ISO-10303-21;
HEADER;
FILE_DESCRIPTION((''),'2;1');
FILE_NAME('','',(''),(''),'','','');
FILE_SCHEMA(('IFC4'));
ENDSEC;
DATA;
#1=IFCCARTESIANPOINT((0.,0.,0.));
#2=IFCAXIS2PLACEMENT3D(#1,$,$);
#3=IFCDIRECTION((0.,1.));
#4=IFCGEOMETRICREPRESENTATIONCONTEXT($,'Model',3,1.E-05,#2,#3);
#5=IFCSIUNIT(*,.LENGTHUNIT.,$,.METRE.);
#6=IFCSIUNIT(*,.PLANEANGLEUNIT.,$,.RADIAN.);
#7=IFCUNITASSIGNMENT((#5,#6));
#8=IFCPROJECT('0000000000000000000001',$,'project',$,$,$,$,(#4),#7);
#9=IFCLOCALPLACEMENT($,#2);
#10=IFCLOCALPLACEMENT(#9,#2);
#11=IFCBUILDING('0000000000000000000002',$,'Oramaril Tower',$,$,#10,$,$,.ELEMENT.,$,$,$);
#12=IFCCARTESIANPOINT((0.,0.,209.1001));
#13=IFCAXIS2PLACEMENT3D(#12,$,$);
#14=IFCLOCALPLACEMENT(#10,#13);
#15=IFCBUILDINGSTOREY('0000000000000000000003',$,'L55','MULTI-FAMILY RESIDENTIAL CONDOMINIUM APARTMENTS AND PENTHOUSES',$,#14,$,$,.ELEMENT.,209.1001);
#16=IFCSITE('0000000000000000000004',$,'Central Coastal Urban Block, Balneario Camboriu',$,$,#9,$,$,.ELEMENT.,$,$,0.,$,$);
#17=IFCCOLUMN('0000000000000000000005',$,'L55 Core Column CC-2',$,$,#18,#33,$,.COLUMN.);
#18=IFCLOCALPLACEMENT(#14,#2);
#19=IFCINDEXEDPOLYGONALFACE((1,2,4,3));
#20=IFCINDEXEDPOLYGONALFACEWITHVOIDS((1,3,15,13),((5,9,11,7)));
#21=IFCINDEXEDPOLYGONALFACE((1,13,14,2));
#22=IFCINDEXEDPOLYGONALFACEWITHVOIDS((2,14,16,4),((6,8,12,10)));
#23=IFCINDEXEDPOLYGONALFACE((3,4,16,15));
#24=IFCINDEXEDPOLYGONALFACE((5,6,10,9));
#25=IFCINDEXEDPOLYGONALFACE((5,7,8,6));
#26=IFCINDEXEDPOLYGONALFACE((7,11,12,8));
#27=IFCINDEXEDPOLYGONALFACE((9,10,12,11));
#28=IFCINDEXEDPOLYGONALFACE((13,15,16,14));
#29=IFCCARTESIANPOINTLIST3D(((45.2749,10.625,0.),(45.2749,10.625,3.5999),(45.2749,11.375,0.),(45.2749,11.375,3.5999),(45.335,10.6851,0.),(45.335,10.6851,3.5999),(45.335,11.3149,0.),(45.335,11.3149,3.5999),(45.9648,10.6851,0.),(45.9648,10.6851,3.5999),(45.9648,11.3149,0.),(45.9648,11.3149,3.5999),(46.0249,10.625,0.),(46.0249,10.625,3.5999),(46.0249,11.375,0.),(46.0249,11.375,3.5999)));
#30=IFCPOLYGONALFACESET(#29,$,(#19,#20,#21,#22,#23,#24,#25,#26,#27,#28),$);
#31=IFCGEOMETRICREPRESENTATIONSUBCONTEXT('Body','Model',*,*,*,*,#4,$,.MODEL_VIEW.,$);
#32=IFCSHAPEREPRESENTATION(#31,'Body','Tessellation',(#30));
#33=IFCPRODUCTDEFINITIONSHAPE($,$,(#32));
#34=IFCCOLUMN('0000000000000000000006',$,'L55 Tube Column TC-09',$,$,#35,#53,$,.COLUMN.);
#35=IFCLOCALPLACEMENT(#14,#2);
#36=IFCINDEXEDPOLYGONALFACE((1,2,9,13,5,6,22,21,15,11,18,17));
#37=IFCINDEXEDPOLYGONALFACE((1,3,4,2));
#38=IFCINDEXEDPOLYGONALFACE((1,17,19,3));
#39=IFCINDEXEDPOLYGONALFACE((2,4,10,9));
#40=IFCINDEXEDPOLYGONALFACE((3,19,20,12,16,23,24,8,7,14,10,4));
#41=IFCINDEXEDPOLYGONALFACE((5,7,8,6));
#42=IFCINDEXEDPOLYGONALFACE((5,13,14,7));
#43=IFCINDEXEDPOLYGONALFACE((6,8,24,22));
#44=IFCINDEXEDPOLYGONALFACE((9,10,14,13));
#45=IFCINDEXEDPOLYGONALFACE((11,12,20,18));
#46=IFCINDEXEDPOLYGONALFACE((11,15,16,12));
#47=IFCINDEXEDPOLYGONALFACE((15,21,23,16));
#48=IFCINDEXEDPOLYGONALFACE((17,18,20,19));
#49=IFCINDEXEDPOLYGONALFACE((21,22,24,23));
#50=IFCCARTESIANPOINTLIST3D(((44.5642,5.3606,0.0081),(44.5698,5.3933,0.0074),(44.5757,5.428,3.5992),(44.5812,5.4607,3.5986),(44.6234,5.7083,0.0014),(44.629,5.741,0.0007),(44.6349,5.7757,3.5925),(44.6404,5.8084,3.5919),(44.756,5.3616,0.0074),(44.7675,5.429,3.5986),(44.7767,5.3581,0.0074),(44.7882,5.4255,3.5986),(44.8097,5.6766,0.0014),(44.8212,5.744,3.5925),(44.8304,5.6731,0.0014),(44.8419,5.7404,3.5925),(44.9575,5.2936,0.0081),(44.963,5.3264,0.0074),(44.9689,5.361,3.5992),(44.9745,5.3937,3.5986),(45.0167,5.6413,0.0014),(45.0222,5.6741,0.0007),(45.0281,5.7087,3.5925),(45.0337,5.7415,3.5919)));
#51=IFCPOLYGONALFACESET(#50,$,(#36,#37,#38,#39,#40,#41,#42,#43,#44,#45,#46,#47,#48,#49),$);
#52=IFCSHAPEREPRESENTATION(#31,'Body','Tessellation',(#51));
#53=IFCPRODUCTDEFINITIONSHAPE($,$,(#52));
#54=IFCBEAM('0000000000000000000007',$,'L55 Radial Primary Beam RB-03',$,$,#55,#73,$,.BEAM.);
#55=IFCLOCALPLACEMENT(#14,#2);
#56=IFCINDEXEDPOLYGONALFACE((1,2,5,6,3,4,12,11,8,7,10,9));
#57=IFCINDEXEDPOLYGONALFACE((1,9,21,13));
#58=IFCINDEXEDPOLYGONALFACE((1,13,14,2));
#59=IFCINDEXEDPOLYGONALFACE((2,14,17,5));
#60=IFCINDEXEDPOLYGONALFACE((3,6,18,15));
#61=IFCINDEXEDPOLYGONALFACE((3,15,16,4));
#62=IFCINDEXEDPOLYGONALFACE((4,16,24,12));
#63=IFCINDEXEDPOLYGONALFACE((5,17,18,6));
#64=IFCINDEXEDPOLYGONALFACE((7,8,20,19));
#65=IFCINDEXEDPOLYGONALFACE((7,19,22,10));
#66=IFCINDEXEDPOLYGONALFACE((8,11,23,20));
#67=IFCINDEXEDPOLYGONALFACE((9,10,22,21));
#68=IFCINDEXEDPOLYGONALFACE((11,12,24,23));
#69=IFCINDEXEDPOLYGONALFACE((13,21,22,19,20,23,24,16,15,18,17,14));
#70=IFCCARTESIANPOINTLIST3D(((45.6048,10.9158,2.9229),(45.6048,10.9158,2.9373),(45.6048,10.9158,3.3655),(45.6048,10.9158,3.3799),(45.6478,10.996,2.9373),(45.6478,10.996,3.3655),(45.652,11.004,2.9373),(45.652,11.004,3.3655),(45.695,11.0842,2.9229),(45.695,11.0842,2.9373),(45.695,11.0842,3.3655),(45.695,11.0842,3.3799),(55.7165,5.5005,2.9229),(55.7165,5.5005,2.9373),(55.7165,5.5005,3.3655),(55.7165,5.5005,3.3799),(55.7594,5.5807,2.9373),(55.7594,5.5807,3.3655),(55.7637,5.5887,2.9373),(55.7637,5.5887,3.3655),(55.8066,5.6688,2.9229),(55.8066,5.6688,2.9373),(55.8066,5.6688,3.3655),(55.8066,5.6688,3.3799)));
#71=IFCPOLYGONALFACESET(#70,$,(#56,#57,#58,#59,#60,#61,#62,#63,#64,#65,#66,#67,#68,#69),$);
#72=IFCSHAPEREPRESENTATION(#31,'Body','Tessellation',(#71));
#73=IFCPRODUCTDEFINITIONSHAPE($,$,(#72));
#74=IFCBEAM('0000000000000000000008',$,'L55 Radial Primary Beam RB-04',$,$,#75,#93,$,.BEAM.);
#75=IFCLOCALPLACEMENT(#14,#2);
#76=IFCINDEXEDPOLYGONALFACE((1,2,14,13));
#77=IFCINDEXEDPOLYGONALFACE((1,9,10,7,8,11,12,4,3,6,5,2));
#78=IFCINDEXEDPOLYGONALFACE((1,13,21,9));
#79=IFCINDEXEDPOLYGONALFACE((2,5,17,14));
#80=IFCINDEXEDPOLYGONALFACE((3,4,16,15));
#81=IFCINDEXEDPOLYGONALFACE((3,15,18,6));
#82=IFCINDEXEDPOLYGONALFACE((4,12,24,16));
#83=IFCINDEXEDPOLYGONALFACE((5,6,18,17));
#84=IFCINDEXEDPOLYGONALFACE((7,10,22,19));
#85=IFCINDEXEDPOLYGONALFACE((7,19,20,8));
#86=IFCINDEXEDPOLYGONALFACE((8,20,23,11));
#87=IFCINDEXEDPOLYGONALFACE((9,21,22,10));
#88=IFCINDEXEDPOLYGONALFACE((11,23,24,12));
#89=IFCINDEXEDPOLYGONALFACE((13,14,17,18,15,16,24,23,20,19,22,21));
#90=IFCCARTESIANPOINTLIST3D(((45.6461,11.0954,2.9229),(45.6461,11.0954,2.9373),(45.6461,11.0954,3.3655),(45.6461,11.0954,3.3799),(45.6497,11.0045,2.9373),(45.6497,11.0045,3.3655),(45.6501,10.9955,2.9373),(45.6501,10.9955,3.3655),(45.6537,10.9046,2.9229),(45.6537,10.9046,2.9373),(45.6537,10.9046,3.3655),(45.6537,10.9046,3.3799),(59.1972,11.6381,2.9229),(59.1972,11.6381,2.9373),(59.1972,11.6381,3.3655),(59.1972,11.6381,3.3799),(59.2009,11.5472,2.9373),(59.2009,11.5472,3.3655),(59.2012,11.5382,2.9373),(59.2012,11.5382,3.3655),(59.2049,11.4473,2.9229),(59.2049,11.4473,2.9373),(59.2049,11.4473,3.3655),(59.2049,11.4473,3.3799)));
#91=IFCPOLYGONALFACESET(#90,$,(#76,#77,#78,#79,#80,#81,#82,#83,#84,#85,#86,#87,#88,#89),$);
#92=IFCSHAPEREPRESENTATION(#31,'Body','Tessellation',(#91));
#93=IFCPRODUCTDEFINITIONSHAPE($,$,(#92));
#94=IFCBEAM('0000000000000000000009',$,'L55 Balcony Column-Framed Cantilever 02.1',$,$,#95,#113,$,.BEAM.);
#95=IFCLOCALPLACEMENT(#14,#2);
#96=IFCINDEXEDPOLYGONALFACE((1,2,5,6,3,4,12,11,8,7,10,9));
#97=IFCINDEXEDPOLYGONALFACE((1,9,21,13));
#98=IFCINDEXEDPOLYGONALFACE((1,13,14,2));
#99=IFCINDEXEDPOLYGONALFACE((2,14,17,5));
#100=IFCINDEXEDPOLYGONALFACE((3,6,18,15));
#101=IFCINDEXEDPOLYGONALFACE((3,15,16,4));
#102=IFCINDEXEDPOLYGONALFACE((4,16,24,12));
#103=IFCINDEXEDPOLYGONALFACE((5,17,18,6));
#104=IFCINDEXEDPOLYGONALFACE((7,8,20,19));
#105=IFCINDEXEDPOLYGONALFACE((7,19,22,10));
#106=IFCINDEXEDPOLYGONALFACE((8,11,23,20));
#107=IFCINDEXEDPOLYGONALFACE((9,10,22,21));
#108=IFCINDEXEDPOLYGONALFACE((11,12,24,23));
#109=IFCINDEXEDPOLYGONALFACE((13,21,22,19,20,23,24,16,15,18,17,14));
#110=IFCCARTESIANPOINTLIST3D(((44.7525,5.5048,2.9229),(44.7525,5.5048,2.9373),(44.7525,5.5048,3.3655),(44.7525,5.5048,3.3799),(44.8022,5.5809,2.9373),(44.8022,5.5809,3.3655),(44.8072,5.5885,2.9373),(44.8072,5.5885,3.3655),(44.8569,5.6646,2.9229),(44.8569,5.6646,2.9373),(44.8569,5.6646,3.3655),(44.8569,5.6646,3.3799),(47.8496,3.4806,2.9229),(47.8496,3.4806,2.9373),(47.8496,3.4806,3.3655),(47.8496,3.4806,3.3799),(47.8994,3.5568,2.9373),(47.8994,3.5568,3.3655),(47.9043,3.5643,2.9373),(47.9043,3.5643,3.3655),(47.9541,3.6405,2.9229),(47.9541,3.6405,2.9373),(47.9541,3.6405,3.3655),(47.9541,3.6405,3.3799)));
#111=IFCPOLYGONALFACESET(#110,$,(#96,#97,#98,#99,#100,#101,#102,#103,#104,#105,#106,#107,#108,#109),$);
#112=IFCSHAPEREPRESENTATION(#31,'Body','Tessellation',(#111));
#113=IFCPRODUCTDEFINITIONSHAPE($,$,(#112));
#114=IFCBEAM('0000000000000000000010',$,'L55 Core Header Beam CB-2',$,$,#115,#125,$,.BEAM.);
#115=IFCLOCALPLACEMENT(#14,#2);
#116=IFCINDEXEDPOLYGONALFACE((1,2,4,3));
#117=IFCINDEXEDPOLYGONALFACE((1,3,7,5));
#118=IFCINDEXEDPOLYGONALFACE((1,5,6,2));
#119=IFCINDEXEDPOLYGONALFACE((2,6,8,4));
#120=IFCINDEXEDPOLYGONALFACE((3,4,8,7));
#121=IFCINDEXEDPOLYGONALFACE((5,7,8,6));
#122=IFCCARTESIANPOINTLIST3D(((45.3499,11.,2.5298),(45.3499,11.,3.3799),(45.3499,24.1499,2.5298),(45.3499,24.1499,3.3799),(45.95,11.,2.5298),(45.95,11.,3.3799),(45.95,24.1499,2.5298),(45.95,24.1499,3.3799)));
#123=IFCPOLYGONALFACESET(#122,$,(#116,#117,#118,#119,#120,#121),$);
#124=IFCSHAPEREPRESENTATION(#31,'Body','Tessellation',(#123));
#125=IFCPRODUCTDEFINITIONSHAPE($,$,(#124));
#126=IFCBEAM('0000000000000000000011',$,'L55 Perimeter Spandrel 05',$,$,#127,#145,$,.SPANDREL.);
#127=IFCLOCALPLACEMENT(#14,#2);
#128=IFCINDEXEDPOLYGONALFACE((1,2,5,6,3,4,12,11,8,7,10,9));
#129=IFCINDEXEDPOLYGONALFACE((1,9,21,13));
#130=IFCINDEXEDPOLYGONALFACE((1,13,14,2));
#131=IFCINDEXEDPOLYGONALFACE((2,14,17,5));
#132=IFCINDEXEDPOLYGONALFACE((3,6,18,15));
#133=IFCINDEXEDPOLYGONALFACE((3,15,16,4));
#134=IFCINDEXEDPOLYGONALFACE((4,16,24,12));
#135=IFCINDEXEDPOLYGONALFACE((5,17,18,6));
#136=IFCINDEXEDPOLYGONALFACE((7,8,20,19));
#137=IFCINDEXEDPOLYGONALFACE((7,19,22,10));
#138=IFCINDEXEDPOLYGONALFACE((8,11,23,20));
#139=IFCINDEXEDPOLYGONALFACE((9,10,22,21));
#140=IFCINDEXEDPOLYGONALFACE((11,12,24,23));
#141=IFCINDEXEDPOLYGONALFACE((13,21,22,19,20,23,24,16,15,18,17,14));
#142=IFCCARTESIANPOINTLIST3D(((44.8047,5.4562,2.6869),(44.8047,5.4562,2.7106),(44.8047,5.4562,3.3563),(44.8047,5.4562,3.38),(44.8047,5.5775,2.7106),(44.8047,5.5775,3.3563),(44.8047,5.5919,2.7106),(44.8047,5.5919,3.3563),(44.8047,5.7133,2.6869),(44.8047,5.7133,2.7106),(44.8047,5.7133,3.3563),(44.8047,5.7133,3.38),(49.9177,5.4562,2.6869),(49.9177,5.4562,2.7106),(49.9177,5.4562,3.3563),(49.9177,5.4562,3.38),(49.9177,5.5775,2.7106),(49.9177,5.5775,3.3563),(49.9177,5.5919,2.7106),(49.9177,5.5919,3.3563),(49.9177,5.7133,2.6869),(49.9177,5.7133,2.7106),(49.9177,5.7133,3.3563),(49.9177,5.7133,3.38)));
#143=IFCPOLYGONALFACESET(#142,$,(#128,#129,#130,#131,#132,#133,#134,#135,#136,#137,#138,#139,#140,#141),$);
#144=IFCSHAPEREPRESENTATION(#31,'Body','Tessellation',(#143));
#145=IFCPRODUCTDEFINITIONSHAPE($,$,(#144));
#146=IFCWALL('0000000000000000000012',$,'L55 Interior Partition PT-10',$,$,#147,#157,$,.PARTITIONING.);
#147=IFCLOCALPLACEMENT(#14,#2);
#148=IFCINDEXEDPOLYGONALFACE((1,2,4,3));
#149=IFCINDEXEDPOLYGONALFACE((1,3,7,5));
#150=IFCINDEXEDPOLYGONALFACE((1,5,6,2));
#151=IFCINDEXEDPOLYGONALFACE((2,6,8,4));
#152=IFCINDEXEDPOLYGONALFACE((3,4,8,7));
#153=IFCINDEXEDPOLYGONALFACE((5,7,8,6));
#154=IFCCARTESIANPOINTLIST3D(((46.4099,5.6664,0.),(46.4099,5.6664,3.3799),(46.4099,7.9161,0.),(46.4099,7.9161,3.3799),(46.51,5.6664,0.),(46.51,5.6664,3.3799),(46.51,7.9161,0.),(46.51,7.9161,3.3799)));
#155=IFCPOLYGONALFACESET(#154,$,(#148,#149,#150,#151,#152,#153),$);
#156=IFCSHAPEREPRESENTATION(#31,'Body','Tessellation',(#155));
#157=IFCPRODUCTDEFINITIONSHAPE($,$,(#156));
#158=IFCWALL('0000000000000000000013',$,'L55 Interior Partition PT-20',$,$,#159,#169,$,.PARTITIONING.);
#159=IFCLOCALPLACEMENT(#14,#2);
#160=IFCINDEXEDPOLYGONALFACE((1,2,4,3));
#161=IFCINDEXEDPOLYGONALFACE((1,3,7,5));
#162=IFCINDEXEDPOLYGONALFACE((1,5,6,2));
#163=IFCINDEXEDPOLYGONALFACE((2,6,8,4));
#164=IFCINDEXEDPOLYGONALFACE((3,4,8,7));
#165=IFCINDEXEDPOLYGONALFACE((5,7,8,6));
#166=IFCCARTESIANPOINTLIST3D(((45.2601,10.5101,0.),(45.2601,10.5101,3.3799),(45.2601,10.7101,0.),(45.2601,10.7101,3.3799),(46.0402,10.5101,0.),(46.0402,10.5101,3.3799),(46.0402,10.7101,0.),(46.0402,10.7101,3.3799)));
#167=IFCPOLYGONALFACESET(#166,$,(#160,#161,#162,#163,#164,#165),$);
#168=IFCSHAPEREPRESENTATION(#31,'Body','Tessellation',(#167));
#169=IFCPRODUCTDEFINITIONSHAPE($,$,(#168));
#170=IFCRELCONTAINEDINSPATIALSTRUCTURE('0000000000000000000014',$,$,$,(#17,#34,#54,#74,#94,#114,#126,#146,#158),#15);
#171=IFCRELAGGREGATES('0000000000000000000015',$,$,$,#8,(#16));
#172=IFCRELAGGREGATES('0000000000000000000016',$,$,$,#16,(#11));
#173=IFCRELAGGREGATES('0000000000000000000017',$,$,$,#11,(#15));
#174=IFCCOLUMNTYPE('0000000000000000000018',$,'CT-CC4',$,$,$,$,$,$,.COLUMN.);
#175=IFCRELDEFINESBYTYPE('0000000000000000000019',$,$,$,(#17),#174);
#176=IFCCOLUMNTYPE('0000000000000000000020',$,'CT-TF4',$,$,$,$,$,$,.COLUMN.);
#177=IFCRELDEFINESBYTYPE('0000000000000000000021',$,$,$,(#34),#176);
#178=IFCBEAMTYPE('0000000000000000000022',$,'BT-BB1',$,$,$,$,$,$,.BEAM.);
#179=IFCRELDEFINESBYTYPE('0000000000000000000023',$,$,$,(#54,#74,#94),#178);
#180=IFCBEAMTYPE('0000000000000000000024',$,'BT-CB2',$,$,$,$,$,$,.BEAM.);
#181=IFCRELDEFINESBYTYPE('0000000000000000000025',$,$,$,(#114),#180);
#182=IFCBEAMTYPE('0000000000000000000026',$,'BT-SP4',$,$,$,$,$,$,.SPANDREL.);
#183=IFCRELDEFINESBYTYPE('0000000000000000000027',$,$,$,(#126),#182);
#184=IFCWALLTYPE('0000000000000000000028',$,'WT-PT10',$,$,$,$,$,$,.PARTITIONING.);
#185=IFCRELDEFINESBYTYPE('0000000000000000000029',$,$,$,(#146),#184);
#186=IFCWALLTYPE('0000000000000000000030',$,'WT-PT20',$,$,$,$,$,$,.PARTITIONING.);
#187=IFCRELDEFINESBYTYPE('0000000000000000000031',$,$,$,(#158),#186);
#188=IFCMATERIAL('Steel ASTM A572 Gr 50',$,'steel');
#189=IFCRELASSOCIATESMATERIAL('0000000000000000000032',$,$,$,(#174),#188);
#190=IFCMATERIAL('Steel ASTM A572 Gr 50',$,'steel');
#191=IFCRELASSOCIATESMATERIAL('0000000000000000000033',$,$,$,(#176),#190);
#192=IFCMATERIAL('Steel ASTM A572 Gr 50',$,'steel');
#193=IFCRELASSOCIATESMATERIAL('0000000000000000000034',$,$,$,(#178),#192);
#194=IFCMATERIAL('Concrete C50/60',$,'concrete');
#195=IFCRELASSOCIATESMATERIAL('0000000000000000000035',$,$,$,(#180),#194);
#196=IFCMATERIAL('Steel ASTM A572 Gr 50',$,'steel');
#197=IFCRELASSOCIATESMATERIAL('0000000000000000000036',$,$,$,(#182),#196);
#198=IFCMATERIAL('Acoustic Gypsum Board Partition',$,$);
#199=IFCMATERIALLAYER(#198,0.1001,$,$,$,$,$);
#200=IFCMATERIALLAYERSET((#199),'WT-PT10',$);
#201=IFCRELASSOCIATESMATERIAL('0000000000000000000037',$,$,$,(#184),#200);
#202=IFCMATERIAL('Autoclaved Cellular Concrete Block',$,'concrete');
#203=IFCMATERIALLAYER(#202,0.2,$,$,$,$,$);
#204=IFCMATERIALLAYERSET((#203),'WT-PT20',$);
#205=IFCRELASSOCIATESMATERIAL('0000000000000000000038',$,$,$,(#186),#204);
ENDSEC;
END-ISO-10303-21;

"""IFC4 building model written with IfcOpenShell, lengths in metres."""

from ifc_helpers import new_model, si_unit, direction, frame, frame_2d, origin, origin_2d, place, context, subcontext, project, spatial, rectangle, hollow_rectangle, i_section, extrude, material, layer, layer_set, material_profile, profile_set, type_object, element, save


model = new_model("IFC4")

# Units and contexts
model_context = context("Model", 3, precision=1e-05, world=origin(), true_north=direction((0.0, 1.0)))
body_context = subcontext(model_context, "Body", "Model", "MODEL_VIEW")
ifc_project = project(units=[si_unit("LENGTHUNIT", "METRE"), si_unit("PLANEANGLEUNIT", "RADIAN")], contexts=[model_context])

# Site, building, storey
site_placement = place(None, origin())
site = spatial("IfcSite", under=ifc_project, at=site_placement, Name="Central Coastal Urban Block, Balneario Camboriu", CompositionType="ELEMENT", RefElevation=0.0)
building_placement = place(site_placement, origin())
building = spatial("IfcBuilding", under=site, at=building_placement, Name="Oramaril Tower", CompositionType="ELEMENT")
storey_placement = place(building_placement, frame((0.0, 0.0, 209.1001)))
storey = spatial("IfcBuildingStorey", under=building, at=storey_placement, Name="L55", Description="MULTI-FAMILY RESIDENTIAL CONDOMINIUM APARTMENTS AND PENTHOUSES", CompositionType="ELEMENT", Elevation=209.1001)

# Columns
ifc_material_1 = material(Name="Steel ASTM A572 Gr 50", Category="steel")
ifc_material_profile_1 = material_profile(ifc_material_1, hollow_rectangle(XDim=0.75, YDim=0.75, WallThickness=0.0601, at=origin_2d()), Name="BOX750X750X60")
ifc_profile_set_1 = profile_set([ifc_material_profile_1], Name="Steel ASTM A572 Gr 50")
column_type_1 = type_object("IfcColumnType", Name="CT-CC4", PredefinedType="COLUMN", material=ifc_profile_set_1)
column_1_placement = place(storey_placement, frame((45.6499, 11.0, 0.0), z_axis=(0.0, 0.0, 1.0), x_axis=(1.0, 0.0, 0.0)))
element("IfcColumn", 1, at=column_1_placement, inside=storey, type_object=column_type_1, Name="L55 Core Column CC-2", PredefinedType="COLUMN", context=body_context, shape_type="SweptSolid", body=[
    extrude(hollow_rectangle(XDim=0.75, YDim=0.75, WallThickness=0.0601, at=origin_2d()), origin(), (0.0, 0.0, 1.0), 3.5999),
])
ifc_material_2 = material(Name="Steel ASTM A572 Gr 50", Category="steel")
ifc_material_profile_2 = material_profile(ifc_material_2, i_section(OverallWidth=0.3989, OverallDepth=0.386, WebThickness=0.021, FlangeThickness=0.0332, at=origin_2d()), Name="W14X176")
ifc_profile_set_2 = profile_set([ifc_material_profile_2], Name="Steel ASTM A572 Gr 50")
column_type_2 = type_object("IfcColumnType", Name="CT-TF4", PredefinedType="COLUMN", material=ifc_profile_set_2)
column_2_placement = place(storey_placement, frame((44.7932, 5.5173, 0.0044), z_axis=(0.003195, 0.018761, 0.999819), x_axis=(-0.985809, 0.167873, 0.0)))
element("IfcColumn", 2, at=column_2_placement, inside=storey, type_object=column_type_2, Name="L55 Tube Column TC-09", PredefinedType="COLUMN", context=body_context, shape_type="SweptSolid", body=[
    extrude(i_section(OverallWidth=0.3989, OverallDepth=0.386, WebThickness=0.021, FlangeThickness=0.0332, at=origin_2d()), origin(), (0.0, 0.0, 1.0), 3.5918),
])

# Beams
ifc_material_3 = material(Name="Steel ASTM A572 Gr 50", Category="steel")
ifc_material_profile_3 = material_profile(ifc_material_3, i_section(OverallWidth=0.1909, OverallDepth=0.457, WebThickness=0.009, FlangeThickness=0.0144, at=origin_2d()), Name="W18X50")
ifc_profile_set_3 = profile_set([ifc_material_profile_3], Name="Steel ASTM A572 Gr 50")
beam_type_1 = type_object("IfcBeamType", Name="BT-BB1", PredefinedType="BEAM", material=ifc_profile_set_3)
beam_1_placement = place(storey_placement, frame((45.6499, 11.0, 3.1514), z_axis=(0.881539, -0.472111, 0.0), x_axis=(0.472111, 0.881539, 0.0)))
element("IfcBeam", 3, at=beam_1_placement, inside=storey, type_object=beam_type_1, Name="L55 Radial Primary Beam RB-03", PredefinedType="BEAM", context=body_context, shape_type="SweptSolid", body=[
    extrude(i_section(OverallWidth=0.1909, OverallDepth=0.457, WebThickness=0.009, FlangeThickness=0.0144, at=origin_2d()), origin(), (0.0, 0.0, 1.0), 11.4705),
])
beam_2_placement = place(storey_placement, frame((45.6499, 11.0, 3.1514), z_axis=(0.999199, 0.040018, 0.0), x_axis=(-0.040018, 0.999199, 0.0)))
element("IfcBeam", 4, at=beam_2_placement, inside=storey, type_object=beam_type_1, Name="L55 Radial Primary Beam RB-04", PredefinedType="BEAM", context=body_context, shape_type="SweptSolid", body=[
    extrude(i_section(OverallWidth=0.1909, OverallDepth=0.457, WebThickness=0.009, FlangeThickness=0.0144, at=origin_2d()), origin(), (0.0, 0.0, 1.0), 13.562),
])
beam_3_placement = place(storey_placement, frame((44.8047, 5.5847, 3.1514), z_axis=(0.837081, -0.547079, 0.0), x_axis=(0.547079, 0.837081, 0.0)))
element("IfcBeam", 5, at=beam_3_placement, inside=storey, type_object=beam_type_1, Name="L55 Balcony Column-Framed Cantilever 02.1", PredefinedType="BEAM", context=body_context, shape_type="SweptSolid", body=[
    extrude(i_section(OverallWidth=0.1909, OverallDepth=0.457, WebThickness=0.009, FlangeThickness=0.0144, at=origin_2d()), origin(), (0.0, 0.0, 1.0), 3.7),
])
ifc_material_4 = material(Name="Concrete C50/60", Category="concrete")
ifc_material_profile_4 = material_profile(ifc_material_4, rectangle(XDim=0.6001, YDim=0.8501, at=origin_2d()), Name="CB600X850")
ifc_profile_set_4 = profile_set([ifc_material_profile_4], Name="Concrete C50/60")
beam_type_2 = type_object("IfcBeamType", Name="BT-CB2", PredefinedType="BEAM", material=ifc_profile_set_4)
beam_4_placement = place(storey_placement, frame((45.6499, 11.0, 2.9548), z_axis=(0.0, 1.0, 0.0), x_axis=(-1.0, 0.0, 0.0)))
element("IfcBeam", 6, at=beam_4_placement, inside=storey, type_object=beam_type_2, Name="L55 Core Header Beam CB-2", PredefinedType="BEAM", context=body_context, shape_type="SweptSolid", body=[
    extrude(rectangle(XDim=0.6001, YDim=0.8501, at=origin_2d()), origin(), (0.0, 0.0, 1.0), 13.1499),
])
ifc_material_5 = material(Name="Steel ASTM A572 Gr 50", Category="steel")
ifc_material_profile_5 = material_profile(ifc_material_5, i_section(OverallWidth=0.2571, OverallDepth=0.6931, WebThickness=0.0144, FlangeThickness=0.0237, at=origin_2d()), Name="W27X114")
ifc_profile_set_5 = profile_set([ifc_material_profile_5], Name="Steel ASTM A572 Gr 50")
beam_type_3 = type_object("IfcBeamType", Name="BT-SP4", PredefinedType="SPANDREL", material=ifc_profile_set_5)
beam_5_placement = place(storey_placement, frame((44.8047, 5.5847, 3.0334), z_axis=(1.0, 0.0, 0.0), x_axis=(0.0, 1.0, 0.0)))
element("IfcBeam", 7, at=beam_5_placement, inside=storey, type_object=beam_type_3, Name="L55 Perimeter Spandrel 05", PredefinedType="SPANDREL", context=body_context, shape_type="SweptSolid", body=[
    extrude(i_section(OverallWidth=0.2571, OverallDepth=0.6931, WebThickness=0.0144, FlangeThickness=0.0237, at=origin_2d()), origin(), (0.0, 0.0, 1.0), 5.113),
])

# Walls
ifc_material_6 = material(Name="Acoustic Gypsum Board Partition")
ifc_layer_1 = layer(ifc_material_6, 0.1001)
ifc_layer_set_1 = layer_set([ifc_layer_1], Name="WT-PT10")
wall_type_1 = type_object("IfcWallType", Name="WT-PT10", PredefinedType="PARTITIONING", material=ifc_layer_set_1)
wall_1_placement = place(storey_placement, frame((46.46, 5.6663, 0.0), z_axis=(0.0, 0.0, 1.0), x_axis=(0.0, 1.0, 0.0)))
element("IfcWall", 8, at=wall_1_placement, inside=storey, type_object=wall_type_1, Name="L55 Interior Partition PT-10", PredefinedType="PARTITIONING", context=body_context, shape_type="SweptSolid", body=[
    extrude(rectangle(XDim=2.2498, YDim=0.1001, at=frame_2d((1.125, 0.0))), origin(), (0.0, 0.0, 1.0), 3.3799),
])
ifc_material_7 = material(Name="Autoclaved Cellular Concrete Block", Category="concrete")
ifc_layer_2 = layer(ifc_material_7, 0.2)
ifc_layer_set_2 = layer_set([ifc_layer_2], Name="WT-PT20")
wall_type_2 = type_object("IfcWallType", Name="WT-PT20", PredefinedType="PARTITIONING", material=ifc_layer_set_2)
wall_2_placement = place(storey_placement, frame((45.26, 10.6101, 0.0), z_axis=(0.0, 0.0, 1.0), x_axis=(1.0, 0.0, 0.0)))
element("IfcWall", 9, at=wall_2_placement, inside=storey, type_object=wall_type_2, Name="L55 Interior Partition PT-20", PredefinedType="PARTITIONING", context=body_context, shape_type="SweptSolid", body=[
    extrude(rectangle(XDim=0.78, YDim=0.2, at=frame_2d((0.3901, 0.0))), origin(), (0.0, 0.0, 1.0), 3.3799),
])

save(model, "model.ifc")
